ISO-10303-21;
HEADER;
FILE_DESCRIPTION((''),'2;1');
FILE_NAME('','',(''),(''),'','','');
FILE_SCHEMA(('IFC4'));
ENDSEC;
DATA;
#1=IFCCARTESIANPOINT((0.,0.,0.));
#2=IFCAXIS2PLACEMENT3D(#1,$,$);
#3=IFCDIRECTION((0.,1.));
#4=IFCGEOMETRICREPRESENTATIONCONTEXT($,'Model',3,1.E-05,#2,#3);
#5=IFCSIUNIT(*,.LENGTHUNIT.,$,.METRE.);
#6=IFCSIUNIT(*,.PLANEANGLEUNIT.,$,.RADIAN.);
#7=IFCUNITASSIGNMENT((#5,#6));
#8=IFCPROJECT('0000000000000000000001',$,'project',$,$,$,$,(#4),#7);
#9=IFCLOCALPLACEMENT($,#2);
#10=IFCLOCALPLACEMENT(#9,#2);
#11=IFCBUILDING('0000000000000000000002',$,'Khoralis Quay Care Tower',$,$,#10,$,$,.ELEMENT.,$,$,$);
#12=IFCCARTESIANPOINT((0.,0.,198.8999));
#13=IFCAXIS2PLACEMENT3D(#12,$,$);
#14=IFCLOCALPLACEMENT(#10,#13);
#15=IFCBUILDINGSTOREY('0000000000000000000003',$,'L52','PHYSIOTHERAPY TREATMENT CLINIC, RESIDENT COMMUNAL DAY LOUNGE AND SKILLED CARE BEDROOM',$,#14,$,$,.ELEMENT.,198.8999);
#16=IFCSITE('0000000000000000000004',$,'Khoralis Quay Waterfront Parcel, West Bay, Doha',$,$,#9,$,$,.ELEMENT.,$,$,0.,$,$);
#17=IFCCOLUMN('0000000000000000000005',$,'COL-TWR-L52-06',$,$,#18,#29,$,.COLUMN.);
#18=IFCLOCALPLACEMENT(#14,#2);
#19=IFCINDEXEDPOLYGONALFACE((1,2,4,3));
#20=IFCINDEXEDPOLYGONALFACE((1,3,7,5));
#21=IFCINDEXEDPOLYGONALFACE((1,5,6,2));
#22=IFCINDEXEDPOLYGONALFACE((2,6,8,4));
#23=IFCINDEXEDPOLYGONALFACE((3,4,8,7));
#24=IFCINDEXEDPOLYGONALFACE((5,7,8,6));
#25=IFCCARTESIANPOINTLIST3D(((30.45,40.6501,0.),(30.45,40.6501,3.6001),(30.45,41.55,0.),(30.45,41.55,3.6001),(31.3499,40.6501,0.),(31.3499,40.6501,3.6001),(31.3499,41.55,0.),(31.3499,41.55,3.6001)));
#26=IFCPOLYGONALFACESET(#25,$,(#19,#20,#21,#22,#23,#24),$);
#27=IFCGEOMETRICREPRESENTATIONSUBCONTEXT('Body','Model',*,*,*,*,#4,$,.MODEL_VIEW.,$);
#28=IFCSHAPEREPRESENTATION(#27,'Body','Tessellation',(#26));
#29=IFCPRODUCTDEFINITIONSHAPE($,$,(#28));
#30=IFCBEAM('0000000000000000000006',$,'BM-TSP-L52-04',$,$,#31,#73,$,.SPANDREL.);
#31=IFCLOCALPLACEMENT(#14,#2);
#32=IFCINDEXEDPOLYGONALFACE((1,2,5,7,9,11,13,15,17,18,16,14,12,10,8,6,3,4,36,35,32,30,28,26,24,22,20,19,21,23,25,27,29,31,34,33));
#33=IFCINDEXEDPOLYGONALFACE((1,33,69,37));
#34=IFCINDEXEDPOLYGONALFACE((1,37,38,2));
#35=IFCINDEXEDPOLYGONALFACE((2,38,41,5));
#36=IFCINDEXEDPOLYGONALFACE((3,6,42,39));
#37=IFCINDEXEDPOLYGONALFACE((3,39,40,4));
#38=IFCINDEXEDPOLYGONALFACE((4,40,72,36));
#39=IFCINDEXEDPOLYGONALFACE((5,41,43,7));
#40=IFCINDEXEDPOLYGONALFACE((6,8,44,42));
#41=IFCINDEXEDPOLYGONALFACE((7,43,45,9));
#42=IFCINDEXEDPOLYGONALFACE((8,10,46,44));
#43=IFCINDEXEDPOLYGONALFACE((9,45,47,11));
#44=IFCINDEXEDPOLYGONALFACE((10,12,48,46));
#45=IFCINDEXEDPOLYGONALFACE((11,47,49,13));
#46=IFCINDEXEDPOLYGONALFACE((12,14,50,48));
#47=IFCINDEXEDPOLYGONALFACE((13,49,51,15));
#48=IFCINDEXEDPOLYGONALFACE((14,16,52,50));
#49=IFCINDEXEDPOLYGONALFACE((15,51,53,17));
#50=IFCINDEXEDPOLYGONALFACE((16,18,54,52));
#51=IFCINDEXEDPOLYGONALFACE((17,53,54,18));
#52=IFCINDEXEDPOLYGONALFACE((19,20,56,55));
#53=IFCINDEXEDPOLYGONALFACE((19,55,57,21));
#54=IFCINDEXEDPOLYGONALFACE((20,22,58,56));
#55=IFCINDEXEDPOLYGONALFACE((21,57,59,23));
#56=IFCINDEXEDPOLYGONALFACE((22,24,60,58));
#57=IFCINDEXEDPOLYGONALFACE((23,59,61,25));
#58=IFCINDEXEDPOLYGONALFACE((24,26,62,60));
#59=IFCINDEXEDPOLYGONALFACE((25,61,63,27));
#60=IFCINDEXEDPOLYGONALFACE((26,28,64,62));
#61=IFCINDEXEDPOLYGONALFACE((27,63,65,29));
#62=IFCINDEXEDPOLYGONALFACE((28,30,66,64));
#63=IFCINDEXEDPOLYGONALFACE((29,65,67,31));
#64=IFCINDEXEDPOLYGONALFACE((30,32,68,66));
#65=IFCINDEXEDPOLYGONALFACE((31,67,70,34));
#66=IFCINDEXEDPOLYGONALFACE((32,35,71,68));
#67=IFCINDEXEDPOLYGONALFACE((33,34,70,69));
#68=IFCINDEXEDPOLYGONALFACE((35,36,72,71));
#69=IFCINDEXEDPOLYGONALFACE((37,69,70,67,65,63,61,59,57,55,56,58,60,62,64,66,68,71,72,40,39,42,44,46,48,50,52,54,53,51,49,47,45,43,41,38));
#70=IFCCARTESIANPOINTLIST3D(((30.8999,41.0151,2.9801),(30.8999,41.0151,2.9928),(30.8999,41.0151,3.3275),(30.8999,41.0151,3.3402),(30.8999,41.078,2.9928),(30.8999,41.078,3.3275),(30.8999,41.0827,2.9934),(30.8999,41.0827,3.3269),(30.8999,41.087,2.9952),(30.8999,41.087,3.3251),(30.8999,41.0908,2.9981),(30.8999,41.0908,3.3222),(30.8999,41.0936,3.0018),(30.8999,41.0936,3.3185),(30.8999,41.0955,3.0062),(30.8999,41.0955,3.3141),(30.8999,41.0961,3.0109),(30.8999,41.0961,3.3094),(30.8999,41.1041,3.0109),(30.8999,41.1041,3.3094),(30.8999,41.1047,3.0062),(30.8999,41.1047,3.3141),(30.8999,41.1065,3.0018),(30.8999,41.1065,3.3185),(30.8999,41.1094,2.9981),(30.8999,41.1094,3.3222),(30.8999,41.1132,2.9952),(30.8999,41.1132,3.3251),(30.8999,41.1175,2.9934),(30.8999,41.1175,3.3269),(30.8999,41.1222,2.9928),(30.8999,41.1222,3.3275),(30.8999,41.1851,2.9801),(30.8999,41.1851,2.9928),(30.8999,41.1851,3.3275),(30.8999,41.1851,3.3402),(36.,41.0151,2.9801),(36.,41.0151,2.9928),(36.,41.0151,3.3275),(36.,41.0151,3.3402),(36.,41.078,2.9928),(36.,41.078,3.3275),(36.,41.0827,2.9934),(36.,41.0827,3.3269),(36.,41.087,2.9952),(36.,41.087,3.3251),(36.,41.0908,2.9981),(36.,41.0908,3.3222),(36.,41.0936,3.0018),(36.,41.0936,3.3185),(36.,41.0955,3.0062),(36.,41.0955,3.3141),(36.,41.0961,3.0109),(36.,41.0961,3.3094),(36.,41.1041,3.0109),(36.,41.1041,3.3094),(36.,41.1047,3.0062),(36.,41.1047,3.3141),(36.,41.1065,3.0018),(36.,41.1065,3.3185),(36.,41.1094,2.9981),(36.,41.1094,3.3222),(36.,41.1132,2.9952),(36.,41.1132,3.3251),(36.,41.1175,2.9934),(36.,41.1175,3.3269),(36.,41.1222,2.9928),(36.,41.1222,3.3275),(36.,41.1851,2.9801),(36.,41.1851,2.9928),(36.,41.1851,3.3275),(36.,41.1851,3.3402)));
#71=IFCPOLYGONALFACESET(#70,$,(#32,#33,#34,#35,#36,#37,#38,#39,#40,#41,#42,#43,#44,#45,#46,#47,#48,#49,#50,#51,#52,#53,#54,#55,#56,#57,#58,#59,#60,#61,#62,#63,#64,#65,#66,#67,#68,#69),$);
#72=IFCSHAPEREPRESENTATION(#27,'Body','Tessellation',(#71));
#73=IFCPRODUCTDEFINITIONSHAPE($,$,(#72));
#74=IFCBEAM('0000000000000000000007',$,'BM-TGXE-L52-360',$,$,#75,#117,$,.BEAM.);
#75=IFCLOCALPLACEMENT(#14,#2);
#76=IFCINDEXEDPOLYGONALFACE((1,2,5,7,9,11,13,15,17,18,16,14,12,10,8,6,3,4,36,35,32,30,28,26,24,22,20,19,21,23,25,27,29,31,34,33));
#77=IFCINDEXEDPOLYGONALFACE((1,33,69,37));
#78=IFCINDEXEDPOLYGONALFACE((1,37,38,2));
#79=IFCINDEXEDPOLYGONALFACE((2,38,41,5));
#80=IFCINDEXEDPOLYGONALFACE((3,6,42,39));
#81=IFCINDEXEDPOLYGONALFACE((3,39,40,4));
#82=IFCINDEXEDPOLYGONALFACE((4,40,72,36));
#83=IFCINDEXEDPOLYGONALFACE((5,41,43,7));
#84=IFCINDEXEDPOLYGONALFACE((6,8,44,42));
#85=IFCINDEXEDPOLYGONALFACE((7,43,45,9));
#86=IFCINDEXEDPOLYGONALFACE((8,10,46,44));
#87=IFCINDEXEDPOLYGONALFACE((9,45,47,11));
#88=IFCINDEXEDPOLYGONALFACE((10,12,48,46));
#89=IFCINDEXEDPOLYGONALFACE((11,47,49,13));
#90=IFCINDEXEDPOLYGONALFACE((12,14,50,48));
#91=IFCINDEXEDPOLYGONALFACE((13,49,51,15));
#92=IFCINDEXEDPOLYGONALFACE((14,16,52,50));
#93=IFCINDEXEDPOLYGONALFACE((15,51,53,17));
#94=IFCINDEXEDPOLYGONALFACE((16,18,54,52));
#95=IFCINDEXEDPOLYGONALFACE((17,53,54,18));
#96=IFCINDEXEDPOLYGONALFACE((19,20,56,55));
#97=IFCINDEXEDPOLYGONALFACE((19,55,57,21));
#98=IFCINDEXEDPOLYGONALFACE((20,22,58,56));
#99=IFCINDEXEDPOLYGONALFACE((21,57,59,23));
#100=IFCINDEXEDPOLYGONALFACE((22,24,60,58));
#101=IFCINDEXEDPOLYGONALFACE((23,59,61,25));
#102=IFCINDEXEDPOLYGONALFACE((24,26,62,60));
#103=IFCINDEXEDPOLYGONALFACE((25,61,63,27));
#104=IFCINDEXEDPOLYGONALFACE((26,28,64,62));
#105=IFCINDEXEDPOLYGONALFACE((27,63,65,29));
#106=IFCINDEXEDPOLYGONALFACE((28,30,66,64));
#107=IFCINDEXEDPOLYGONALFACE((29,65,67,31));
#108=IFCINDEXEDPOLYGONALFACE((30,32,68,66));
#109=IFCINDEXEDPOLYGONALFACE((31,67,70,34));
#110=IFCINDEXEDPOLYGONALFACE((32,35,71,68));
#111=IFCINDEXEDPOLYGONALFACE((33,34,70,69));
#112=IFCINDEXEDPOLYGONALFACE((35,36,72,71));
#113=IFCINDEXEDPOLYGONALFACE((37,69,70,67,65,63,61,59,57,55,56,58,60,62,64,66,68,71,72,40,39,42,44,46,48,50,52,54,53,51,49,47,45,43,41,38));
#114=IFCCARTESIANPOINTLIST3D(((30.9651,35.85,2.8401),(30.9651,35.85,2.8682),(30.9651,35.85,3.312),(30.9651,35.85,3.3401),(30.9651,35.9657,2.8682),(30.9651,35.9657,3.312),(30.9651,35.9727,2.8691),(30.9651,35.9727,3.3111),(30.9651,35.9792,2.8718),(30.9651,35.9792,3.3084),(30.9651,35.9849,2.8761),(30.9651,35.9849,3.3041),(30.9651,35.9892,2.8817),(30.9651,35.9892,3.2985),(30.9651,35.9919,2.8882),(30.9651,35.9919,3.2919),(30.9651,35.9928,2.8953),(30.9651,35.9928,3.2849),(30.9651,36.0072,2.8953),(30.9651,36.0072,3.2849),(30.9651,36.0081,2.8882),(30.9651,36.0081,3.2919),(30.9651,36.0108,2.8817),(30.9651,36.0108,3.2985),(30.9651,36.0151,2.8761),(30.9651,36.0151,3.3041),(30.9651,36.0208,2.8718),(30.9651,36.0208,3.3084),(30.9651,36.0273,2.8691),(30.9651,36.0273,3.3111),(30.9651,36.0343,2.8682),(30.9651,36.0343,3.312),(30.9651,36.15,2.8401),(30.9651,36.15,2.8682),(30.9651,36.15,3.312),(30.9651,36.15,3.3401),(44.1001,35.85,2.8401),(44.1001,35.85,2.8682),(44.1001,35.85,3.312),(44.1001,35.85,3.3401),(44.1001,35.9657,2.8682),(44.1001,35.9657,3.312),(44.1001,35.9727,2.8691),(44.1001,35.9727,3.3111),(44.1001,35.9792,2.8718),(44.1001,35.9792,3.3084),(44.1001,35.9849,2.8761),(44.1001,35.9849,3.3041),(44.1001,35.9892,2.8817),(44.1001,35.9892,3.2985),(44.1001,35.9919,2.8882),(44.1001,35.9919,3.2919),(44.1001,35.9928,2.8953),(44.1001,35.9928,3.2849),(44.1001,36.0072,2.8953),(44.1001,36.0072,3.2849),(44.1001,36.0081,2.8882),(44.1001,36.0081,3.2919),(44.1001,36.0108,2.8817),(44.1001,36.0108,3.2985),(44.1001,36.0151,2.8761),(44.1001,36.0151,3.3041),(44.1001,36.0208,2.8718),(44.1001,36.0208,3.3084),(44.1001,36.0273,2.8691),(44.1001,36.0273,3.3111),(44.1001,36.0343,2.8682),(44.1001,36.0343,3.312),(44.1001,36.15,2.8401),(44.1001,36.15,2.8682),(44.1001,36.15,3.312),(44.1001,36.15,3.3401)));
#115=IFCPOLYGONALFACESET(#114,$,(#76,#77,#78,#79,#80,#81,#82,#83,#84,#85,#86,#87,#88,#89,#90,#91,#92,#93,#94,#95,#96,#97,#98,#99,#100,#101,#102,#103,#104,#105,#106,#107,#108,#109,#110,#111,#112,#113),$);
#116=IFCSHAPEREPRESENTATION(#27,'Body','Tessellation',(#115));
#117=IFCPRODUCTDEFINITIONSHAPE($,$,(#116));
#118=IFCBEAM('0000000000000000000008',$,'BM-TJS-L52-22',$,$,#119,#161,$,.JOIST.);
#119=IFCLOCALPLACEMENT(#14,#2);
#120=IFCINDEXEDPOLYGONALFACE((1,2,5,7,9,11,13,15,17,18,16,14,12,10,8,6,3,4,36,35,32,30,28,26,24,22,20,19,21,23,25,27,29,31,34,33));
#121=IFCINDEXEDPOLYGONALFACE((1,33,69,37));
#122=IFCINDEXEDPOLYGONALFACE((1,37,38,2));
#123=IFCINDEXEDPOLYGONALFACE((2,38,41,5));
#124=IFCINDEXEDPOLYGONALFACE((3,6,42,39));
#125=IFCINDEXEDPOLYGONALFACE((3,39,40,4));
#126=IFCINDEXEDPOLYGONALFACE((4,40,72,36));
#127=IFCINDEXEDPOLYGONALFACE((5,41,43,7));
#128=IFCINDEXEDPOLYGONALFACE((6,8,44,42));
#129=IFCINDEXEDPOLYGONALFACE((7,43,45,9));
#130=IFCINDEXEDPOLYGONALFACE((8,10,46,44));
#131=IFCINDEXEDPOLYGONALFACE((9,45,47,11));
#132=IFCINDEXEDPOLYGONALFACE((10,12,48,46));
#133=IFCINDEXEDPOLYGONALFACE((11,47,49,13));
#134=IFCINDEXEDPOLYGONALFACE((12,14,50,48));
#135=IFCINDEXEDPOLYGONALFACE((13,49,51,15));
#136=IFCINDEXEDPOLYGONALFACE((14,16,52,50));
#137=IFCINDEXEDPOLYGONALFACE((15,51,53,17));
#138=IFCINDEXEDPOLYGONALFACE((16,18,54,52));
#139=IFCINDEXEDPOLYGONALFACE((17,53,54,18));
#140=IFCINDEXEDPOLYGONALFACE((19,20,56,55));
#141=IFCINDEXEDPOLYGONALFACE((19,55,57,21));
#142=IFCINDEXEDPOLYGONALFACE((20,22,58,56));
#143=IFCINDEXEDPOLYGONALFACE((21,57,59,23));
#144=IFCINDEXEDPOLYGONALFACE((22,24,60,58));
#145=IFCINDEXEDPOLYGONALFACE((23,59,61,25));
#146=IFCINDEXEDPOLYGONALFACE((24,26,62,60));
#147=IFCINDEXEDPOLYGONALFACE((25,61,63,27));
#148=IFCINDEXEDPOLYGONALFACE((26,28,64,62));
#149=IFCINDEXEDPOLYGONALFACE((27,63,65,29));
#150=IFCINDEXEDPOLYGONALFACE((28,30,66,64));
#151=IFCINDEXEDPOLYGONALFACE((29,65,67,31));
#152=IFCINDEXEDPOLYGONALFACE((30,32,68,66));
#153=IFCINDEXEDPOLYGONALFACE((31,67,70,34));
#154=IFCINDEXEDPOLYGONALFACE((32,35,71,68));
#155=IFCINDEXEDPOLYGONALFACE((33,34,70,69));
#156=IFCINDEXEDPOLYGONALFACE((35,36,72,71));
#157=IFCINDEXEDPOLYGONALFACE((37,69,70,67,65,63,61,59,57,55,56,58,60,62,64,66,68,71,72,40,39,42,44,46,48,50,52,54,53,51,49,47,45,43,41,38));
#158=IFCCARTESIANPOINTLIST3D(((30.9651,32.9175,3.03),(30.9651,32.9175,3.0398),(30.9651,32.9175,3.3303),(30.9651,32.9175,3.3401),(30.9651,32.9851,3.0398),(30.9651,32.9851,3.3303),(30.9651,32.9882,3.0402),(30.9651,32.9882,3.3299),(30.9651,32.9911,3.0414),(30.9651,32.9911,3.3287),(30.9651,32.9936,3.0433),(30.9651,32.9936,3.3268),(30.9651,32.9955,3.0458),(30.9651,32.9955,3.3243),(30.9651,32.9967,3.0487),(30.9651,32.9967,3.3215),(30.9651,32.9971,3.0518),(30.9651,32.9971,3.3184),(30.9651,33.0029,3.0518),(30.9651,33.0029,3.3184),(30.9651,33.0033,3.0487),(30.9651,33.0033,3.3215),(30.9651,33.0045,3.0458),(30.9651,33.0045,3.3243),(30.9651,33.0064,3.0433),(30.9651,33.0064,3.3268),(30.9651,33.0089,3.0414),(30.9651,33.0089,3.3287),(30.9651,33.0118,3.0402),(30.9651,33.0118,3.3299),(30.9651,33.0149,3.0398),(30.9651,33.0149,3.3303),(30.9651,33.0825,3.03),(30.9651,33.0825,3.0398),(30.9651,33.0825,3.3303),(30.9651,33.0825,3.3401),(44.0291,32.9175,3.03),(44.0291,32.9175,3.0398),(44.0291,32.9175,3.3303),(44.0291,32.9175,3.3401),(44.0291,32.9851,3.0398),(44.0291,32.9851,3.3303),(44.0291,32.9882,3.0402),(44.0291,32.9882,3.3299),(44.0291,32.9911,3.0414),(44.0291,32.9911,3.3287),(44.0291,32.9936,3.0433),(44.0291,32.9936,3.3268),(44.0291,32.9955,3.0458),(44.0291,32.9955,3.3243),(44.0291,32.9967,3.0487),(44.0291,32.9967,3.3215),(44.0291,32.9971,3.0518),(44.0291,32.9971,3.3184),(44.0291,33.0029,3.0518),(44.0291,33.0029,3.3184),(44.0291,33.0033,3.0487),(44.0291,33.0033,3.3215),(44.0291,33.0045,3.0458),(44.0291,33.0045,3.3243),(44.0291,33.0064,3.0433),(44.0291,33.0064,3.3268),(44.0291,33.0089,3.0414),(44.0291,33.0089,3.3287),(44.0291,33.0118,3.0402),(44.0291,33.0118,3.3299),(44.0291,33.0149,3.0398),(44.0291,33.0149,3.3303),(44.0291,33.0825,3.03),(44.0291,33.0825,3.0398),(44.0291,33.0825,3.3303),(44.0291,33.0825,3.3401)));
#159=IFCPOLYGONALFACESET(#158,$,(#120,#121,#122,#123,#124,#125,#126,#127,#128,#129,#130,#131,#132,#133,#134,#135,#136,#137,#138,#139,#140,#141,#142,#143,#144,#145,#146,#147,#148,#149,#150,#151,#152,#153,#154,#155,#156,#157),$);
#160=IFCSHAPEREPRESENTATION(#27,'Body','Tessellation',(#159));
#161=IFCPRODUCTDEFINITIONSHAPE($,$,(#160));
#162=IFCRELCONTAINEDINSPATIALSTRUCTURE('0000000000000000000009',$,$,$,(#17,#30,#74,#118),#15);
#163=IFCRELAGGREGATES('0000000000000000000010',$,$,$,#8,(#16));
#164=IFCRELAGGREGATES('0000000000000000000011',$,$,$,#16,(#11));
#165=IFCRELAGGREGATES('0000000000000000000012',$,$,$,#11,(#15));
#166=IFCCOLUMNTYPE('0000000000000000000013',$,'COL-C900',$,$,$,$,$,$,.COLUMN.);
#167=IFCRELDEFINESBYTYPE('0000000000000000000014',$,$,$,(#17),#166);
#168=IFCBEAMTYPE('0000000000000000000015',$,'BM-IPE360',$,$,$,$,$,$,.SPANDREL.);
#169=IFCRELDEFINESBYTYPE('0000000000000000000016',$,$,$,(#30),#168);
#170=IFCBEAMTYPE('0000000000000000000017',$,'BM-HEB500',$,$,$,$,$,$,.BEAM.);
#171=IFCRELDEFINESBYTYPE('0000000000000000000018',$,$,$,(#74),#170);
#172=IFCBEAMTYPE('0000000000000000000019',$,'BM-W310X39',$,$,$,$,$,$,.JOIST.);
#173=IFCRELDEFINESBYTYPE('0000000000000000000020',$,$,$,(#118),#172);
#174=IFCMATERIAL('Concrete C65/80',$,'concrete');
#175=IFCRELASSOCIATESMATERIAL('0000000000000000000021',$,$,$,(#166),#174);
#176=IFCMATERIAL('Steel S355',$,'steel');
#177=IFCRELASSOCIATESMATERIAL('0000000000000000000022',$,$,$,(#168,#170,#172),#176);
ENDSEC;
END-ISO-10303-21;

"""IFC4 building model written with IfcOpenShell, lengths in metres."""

from ifc_helpers import new_model, si_unit, direction, frame, origin, origin_2d, place, context, subcontext, project, spatial, rectangle, i_section, extrude, source, transform, mapped, material, material_profile, profile_set, type_object, element, save


model = new_model("IFC4")

# Units and contexts
model_context = context("Model", 3, precision=1e-05, world=origin(), true_north=direction((0.0, 1.0)))
body_context = subcontext(model_context, "Body", "Model", "MODEL_VIEW")
ifc_project = project(units=[si_unit("LENGTHUNIT", "METRE"), si_unit("PLANEANGLEUNIT", "RADIAN")], contexts=[model_context])

# Site, building, storey
site_placement = place(None, origin())
site = spatial("IfcSite", under=ifc_project, at=site_placement, Name="Khoralis Quay Waterfront Parcel, West Bay, Doha", CompositionType="ELEMENT", RefElevation=0.0)
building_placement = place(site_placement, origin())
building = spatial("IfcBuilding", under=site, at=building_placement, Name="Khoralis Quay Care Tower", CompositionType="ELEMENT")
storey_placement = place(building_placement, frame((0.0, 0.0, 198.8999)))
storey = spatial("IfcBuildingStorey", under=building, at=storey_placement, Name="L52", Description="PHYSIOTHERAPY TREATMENT CLINIC, RESIDENT COMMUNAL DAY LOUNGE AND SKILLED CARE BEDROOM", CompositionType="ELEMENT", Elevation=198.8999)

# Column
ifc_material_1 = material(Name="Concrete C65/80", Category="concrete")
ifc_material_profile_1 = material_profile(ifc_material_1, rectangle(XDim=0.8999, YDim=0.8999, at=origin_2d()), Name="Concrete C65/80")
ifc_profile_set_1 = profile_set([ifc_material_profile_1], Name="Concrete C65/80")
column_type = type_object("IfcColumnType", Name="COL-C900", PredefinedType="COLUMN", material=ifc_profile_set_1)
shared_shape_1 = source(origin(), body_context, "Body", "SweptSolid", [
    extrude(rectangle(XDim=0.8999, YDim=0.8999, at=origin_2d()), origin(), (0.0, 0.0, 1.0), 3.6001),
])
column_placement = place(storey_placement, frame((30.8999, 41.1001, 0.0), z_axis=(0.0, 0.0, 1.0), x_axis=(1.0, 0.0, 0.0)))
element("IfcColumn", 1, at=column_placement, inside=storey, type_object=column_type, Name="COL-TWR-L52-06", PredefinedType="COLUMN", context=body_context, shape_type="MappedRepresentation", body=[
    mapped(shared_shape_1, transform((0.0, 0.0, 0.0), scale=1.0)),
])

# Beams
ifc_material_2 = material(Name="Steel S355", Category="steel")
ifc_material_profile_2 = material_profile(ifc_material_2, i_section(OverallWidth=0.1699, OverallDepth=0.3601, WebThickness=0.0081, FlangeThickness=0.0127, FilletRadius=0.0181, at=origin_2d()), Name="Steel S355")
ifc_profile_set_2 = profile_set([ifc_material_profile_2], Name="Steel S355")
beam_type_1 = type_object("IfcBeamType", Name="BM-IPE360", PredefinedType="SPANDREL", material=ifc_profile_set_2)
shared_shape_2 = source(origin(), body_context, "Body", "SweptSolid", [
    extrude(i_section(OverallWidth=0.1699, OverallDepth=0.3601, WebThickness=0.0081, FlangeThickness=0.0127, FilletRadius=0.0181, at=origin_2d()), origin(), (0.0, 0.0, 1.0), 5.1001),
])
beam_1_placement = place(storey_placement, frame((30.8999, 41.1001, 3.1602), z_axis=(1.0, 0.0, 0.0), x_axis=(0.0, 1.0, 0.0)))
element("IfcBeam", 2, at=beam_1_placement, inside=storey, type_object=beam_type_1, Name="BM-TSP-L52-04", PredefinedType="SPANDREL", context=body_context, shape_type="MappedRepresentation", body=[
    mapped(shared_shape_2, transform((0.0, 0.0, 0.0), scale=1.0)),
])
ifc_material_profile_3 = material_profile(ifc_material_2, i_section(OverallWidth=0.3, OverallDepth=0.5, WebThickness=0.0144, FlangeThickness=0.0281, FilletRadius=0.0271, at=origin_2d()), Name="Steel S355")
ifc_profile_set_3 = profile_set([ifc_material_profile_3], Name="Steel S355")
beam_type_2 = type_object("IfcBeamType", Name="BM-HEB500", PredefinedType="BEAM", material=ifc_profile_set_3)
shared_shape_3 = source(origin(), body_context, "Body", "SweptSolid", [
    extrude(i_section(OverallWidth=0.3, OverallDepth=0.5, WebThickness=0.0144, FlangeThickness=0.0281, FilletRadius=0.0271, at=origin_2d()), origin(), (0.0, 0.0, 1.0), 13.135),
])
beam_2_placement = place(storey_placement, frame((30.9651, 36.0, 3.0901), z_axis=(1.0, 0.0, 0.0), x_axis=(0.0, 1.0, 0.0)))
element("IfcBeam", 3, at=beam_2_placement, inside=storey, type_object=beam_type_2, Name="BM-TGXE-L52-360", PredefinedType="BEAM", context=body_context, shape_type="MappedRepresentation", body=[
    mapped(shared_shape_3, transform((0.0, 0.0, 0.0), scale=1.0)),
])
ifc_material_profile_4 = material_profile(ifc_material_2, i_section(OverallWidth=0.165, OverallDepth=0.3101, WebThickness=0.0059, FlangeThickness=0.0098, FilletRadius=0.012, at=origin_2d()), Name="Steel S355")
ifc_profile_set_4 = profile_set([ifc_material_profile_4], Name="Steel S355")
beam_type_3 = type_object("IfcBeamType", Name="BM-W310X39", PredefinedType="JOIST", material=ifc_profile_set_4)
shared_shape_4 = source(origin(), body_context, "Body", "SweptSolid", [
    extrude(i_section(OverallWidth=0.165, OverallDepth=0.3101, WebThickness=0.0059, FlangeThickness=0.0098, FilletRadius=0.012, at=origin_2d()), origin(), (0.0, 0.0, 1.0), 13.064),
])
for number, where, z_axis, x_axis, name in (
    (4, (30.9651, 33.0, 3.1851), (1.0, 0.0, 0.0), (0.0, 1.0, 0.0), "BM-TJS-L52-22"),
):
    element("IfcBeam", number, at=place(storey_placement, frame(where, z_axis=z_axis, x_axis=x_axis)), inside=storey, type_object=beam_type_3, Name=name, PredefinedType="JOIST", context=body_context, shape_type="MappedRepresentation", body=[
        mapped(shared_shape_4, transform((0.0, 0.0, 0.0), scale=1.0)),
    ])

save(model, "model.ifc")
